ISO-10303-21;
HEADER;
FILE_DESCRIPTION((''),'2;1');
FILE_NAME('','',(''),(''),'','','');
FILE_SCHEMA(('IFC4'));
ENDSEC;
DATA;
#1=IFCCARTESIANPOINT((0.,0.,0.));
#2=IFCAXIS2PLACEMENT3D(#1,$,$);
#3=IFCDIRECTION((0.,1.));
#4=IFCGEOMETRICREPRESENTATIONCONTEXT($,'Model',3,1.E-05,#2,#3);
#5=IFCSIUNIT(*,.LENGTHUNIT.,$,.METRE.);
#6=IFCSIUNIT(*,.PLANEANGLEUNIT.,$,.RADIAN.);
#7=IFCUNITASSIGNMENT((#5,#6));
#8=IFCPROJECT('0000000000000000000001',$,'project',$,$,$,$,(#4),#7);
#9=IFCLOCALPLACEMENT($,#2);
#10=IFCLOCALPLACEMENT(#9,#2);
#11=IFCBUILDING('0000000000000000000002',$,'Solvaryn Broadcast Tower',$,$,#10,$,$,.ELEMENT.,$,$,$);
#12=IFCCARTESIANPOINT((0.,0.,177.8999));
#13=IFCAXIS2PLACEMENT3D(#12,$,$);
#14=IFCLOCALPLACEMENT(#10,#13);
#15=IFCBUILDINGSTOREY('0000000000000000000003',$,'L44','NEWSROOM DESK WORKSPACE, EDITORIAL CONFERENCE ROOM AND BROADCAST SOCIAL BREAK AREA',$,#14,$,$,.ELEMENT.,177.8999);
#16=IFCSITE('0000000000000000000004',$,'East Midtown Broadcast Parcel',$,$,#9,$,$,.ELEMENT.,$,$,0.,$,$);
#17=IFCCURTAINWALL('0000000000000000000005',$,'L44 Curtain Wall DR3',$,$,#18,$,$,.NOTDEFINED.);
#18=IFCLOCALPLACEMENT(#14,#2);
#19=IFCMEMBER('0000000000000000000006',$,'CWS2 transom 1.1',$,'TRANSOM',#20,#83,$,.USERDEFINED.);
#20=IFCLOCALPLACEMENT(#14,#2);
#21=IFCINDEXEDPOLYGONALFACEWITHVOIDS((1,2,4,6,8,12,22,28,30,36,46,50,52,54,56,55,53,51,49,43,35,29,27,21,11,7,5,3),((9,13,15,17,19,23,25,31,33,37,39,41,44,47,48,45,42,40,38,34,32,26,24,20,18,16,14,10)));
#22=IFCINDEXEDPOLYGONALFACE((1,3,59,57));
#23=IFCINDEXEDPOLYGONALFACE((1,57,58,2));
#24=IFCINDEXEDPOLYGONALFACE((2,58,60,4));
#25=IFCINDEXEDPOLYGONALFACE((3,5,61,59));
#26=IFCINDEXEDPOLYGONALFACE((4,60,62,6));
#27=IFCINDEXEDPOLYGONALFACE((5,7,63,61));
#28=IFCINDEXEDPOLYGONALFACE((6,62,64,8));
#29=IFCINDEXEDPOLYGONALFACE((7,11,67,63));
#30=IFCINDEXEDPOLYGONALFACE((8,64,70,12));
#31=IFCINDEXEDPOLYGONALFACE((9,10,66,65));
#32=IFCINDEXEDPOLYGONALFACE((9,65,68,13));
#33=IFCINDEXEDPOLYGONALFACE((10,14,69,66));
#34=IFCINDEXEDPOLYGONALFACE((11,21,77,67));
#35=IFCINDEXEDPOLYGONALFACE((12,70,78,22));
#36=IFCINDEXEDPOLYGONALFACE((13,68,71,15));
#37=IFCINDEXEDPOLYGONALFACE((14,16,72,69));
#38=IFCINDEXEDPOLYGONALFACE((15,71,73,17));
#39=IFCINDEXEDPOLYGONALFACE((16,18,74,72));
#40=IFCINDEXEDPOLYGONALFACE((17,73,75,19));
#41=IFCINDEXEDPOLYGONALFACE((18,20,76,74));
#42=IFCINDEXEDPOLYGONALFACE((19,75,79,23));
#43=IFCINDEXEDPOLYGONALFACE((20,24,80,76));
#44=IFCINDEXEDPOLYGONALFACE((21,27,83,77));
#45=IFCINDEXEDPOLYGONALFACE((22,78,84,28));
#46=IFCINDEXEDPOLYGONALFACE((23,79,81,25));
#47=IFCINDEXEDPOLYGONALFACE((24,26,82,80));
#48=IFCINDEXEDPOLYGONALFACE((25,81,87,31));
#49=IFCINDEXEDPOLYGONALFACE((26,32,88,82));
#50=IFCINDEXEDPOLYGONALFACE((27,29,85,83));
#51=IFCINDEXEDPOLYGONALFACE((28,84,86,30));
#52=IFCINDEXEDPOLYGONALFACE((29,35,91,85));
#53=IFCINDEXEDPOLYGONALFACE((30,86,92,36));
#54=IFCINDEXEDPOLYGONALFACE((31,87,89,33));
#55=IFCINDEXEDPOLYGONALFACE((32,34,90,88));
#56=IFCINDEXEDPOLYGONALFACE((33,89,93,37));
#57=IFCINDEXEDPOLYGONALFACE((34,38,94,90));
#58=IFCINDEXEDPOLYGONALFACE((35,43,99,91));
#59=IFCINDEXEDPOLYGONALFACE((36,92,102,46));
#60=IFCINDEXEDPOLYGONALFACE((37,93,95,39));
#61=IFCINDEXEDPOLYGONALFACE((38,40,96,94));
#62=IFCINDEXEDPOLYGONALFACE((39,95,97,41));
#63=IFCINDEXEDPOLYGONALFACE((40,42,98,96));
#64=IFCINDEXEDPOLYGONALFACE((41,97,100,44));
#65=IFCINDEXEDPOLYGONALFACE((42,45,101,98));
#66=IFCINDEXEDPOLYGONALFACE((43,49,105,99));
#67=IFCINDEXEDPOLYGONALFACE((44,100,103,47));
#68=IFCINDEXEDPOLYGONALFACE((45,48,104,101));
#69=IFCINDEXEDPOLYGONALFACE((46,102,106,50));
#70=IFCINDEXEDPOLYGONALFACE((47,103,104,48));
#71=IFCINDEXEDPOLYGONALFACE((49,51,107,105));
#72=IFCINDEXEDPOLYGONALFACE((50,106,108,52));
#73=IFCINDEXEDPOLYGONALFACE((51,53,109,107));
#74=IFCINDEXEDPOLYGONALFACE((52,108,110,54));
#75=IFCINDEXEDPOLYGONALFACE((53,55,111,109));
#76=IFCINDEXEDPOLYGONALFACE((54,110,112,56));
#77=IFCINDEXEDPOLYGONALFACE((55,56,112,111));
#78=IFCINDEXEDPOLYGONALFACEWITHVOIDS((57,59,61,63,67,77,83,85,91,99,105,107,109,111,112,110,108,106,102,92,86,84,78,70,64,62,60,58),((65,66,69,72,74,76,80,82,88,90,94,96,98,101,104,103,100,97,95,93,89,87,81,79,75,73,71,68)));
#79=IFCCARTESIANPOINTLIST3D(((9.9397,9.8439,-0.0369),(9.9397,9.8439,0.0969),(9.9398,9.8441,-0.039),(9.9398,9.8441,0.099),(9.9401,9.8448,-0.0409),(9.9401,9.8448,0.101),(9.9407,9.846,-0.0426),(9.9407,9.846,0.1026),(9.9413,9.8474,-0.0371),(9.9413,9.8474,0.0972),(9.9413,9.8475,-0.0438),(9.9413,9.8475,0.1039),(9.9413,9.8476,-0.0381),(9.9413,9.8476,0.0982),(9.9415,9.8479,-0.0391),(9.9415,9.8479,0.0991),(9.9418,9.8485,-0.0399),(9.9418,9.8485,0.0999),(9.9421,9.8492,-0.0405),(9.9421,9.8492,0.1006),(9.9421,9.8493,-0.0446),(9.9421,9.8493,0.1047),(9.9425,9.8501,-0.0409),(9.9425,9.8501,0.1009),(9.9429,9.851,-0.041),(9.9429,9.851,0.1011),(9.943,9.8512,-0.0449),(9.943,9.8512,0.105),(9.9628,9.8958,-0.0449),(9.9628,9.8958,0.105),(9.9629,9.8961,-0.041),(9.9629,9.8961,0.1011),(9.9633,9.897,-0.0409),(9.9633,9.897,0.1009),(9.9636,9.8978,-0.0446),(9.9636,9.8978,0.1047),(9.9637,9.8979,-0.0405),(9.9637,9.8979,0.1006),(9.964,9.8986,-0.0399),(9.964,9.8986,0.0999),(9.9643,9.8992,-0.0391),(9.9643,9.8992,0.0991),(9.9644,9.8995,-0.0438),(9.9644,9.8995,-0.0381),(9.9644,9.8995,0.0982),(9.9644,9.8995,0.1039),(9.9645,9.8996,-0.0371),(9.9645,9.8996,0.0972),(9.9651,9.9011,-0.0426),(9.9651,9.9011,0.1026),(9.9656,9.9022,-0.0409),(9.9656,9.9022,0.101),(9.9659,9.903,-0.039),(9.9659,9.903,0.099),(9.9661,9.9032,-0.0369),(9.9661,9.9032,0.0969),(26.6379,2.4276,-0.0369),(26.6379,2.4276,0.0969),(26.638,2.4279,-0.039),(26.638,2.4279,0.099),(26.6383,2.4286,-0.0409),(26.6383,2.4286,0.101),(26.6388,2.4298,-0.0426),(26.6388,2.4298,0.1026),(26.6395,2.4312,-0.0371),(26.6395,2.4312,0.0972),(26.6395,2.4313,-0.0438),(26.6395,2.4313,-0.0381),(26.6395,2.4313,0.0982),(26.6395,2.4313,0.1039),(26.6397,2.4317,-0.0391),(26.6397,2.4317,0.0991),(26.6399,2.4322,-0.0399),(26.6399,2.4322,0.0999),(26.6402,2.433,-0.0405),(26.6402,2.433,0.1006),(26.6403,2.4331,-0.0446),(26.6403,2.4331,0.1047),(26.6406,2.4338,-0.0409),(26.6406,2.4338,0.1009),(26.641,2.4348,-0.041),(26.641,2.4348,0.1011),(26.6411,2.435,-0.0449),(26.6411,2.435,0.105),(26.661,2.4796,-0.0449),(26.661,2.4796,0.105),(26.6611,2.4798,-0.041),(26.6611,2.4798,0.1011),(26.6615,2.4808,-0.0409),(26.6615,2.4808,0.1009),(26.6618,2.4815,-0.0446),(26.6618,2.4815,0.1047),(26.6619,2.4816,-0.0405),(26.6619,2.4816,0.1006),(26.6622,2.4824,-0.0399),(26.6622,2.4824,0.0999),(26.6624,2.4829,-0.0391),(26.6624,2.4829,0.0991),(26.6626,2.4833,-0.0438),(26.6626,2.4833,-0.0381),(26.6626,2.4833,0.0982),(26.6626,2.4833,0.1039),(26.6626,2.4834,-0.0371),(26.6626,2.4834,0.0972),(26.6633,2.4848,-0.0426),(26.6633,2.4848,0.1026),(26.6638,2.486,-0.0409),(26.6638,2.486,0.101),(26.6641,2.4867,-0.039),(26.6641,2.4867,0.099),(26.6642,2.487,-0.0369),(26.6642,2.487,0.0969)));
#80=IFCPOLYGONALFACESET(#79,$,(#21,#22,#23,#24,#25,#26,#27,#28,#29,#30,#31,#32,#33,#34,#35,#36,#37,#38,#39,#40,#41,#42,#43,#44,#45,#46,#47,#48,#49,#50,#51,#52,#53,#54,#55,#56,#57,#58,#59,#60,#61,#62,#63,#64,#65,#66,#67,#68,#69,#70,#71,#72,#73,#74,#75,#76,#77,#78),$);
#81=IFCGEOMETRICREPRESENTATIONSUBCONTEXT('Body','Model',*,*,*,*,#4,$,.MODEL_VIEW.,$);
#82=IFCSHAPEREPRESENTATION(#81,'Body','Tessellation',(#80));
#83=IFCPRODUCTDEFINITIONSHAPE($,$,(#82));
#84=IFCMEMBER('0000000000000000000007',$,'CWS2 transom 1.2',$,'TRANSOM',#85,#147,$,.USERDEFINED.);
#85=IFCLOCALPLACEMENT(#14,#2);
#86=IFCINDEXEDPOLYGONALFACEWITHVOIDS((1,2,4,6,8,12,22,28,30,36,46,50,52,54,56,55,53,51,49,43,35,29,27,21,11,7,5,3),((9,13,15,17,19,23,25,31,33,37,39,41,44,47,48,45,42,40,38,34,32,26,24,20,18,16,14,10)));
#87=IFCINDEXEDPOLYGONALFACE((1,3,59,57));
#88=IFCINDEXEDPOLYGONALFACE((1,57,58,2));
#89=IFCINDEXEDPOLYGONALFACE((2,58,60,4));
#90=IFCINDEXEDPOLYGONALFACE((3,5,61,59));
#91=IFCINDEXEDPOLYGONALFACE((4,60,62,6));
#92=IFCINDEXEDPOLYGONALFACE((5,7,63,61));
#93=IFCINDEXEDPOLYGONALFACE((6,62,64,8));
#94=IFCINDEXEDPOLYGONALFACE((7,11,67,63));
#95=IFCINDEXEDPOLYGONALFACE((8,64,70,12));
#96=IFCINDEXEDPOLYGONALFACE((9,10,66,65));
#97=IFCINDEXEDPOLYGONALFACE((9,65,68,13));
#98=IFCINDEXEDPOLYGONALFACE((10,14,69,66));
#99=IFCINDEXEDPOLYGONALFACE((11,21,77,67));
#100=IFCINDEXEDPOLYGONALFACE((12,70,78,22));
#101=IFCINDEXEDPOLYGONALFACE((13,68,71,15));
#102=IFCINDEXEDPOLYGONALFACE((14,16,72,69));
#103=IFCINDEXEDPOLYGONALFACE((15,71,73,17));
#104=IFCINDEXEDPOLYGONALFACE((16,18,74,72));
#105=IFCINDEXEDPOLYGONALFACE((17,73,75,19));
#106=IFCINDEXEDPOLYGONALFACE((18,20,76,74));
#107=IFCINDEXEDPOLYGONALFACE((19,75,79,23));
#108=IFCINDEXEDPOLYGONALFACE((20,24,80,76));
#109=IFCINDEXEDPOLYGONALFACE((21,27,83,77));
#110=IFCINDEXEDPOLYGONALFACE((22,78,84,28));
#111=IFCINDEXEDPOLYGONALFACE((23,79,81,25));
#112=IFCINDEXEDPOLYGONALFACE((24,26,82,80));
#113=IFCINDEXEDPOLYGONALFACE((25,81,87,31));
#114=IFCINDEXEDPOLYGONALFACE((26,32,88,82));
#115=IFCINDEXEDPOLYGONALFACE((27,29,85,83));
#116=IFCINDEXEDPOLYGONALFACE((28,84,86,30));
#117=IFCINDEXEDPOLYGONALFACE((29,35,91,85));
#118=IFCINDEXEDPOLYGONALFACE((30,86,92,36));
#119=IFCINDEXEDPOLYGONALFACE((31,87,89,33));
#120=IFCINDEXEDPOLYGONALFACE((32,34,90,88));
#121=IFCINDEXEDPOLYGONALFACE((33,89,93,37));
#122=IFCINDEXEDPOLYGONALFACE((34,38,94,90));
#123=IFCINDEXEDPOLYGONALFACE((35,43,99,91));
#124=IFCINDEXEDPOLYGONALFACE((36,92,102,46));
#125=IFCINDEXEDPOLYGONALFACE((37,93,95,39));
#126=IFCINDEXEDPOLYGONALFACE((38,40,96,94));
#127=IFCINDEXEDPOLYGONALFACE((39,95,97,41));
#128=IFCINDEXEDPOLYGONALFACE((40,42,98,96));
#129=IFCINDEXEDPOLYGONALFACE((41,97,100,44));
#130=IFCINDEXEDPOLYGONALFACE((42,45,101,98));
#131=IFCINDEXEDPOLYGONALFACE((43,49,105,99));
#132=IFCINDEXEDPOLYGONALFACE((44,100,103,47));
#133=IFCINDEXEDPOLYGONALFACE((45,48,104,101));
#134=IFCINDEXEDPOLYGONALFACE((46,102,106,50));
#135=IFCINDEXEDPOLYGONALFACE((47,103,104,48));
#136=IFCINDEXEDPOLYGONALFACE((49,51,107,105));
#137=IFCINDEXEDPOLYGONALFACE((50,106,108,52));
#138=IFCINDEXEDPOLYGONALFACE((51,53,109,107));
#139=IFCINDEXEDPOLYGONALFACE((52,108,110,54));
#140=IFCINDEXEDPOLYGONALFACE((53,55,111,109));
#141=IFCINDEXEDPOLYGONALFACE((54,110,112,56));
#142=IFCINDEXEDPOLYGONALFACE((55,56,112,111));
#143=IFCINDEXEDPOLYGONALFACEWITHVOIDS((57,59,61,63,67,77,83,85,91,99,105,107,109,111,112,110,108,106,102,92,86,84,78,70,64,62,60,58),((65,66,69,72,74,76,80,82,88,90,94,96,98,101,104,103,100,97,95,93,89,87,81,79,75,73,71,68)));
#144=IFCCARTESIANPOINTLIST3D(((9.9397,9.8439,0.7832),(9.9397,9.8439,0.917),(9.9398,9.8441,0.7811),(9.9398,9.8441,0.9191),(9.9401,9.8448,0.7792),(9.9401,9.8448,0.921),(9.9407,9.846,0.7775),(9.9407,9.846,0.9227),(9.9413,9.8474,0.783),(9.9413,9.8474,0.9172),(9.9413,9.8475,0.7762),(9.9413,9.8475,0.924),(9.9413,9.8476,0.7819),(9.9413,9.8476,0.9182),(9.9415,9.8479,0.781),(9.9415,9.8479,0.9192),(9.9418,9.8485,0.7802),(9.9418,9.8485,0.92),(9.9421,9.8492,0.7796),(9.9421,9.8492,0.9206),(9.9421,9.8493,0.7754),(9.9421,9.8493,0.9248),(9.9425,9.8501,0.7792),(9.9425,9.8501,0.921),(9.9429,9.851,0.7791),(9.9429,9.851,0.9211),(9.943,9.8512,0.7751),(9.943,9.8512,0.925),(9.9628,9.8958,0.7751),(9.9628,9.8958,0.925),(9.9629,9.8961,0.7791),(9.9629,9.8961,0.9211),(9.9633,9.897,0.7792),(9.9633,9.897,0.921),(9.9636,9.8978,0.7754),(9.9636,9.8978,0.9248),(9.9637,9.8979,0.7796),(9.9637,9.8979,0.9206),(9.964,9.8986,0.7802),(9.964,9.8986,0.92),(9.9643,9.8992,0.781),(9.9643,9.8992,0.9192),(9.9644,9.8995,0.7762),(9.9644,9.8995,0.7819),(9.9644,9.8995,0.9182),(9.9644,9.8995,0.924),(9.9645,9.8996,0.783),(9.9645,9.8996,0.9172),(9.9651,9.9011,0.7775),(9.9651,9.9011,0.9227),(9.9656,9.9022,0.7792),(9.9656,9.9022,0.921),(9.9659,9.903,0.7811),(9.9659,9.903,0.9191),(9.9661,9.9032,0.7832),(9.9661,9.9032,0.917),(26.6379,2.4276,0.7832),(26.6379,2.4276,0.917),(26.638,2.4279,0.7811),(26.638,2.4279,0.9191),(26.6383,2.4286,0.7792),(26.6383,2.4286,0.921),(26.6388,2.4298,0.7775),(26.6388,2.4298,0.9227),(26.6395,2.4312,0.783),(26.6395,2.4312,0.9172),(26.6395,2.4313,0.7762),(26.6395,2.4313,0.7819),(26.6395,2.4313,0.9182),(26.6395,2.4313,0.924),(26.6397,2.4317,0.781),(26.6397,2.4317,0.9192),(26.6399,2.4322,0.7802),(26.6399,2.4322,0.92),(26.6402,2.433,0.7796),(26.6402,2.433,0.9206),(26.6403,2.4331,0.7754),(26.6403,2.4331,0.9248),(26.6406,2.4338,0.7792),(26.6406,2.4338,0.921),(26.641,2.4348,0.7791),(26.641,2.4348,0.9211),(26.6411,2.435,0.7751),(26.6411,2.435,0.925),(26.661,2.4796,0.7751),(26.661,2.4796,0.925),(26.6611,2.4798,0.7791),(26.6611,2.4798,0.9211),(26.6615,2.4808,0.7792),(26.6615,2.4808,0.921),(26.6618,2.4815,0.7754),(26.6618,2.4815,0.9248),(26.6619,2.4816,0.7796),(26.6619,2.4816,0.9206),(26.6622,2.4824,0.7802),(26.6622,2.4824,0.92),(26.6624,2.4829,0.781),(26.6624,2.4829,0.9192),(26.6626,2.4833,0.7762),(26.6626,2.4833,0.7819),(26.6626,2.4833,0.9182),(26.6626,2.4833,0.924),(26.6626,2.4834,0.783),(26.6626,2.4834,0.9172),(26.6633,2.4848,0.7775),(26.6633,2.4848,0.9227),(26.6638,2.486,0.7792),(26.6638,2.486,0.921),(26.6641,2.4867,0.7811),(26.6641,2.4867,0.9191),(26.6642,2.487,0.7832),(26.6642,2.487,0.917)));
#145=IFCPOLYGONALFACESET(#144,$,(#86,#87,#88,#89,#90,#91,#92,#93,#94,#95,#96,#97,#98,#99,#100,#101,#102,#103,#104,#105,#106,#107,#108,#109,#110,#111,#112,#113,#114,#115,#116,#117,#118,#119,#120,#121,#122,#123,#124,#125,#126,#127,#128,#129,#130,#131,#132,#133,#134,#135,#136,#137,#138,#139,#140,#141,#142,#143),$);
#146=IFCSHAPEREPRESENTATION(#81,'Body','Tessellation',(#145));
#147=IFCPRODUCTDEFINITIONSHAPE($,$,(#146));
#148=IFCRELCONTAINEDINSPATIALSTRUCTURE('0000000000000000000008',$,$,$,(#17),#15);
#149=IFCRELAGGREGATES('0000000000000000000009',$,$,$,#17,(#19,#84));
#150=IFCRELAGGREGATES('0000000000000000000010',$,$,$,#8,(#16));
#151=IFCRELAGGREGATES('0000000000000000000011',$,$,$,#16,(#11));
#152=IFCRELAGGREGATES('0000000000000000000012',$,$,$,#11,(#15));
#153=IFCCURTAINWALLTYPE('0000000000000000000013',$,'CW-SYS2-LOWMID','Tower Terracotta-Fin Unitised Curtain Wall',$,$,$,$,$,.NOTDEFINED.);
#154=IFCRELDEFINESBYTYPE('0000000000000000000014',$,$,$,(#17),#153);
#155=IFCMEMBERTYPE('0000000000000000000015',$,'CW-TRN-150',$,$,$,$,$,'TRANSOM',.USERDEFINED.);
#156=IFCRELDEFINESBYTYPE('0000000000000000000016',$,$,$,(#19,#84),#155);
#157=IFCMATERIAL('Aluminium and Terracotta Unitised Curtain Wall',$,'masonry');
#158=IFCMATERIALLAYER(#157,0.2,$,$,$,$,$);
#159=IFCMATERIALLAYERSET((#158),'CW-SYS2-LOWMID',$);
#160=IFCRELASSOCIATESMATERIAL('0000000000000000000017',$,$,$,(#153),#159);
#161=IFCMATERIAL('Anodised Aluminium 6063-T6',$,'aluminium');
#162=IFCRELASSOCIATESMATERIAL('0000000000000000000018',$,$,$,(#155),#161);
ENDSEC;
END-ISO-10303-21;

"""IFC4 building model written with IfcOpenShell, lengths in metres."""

from ifc_helpers import new_model, si_unit, direction, frame, origin, origin_2d, place, context, subcontext, project, spatial, hollow_rectangle, extrude, material, layer, layer_set, material_profile, profile_set, type_object, element, aggregate, save


model = new_model("IFC4")

# Units and contexts
model_context = context("Model", 3, precision=1e-05, world=origin(), true_north=direction((0.0, 1.0)))
body_context = subcontext(model_context, "Body", "Model", "MODEL_VIEW")
ifc_project = project(units=[si_unit("LENGTHUNIT", "METRE"), si_unit("PLANEANGLEUNIT", "RADIAN")], contexts=[model_context])

# Site, building, storey
site_placement = place(None, origin())
site = spatial("IfcSite", under=ifc_project, at=site_placement, Name="East Midtown Broadcast Parcel", CompositionType="ELEMENT", RefElevation=0.0)
building_placement = place(site_placement, origin())
building = spatial("IfcBuilding", under=site, at=building_placement, Name="Solvaryn Broadcast Tower", CompositionType="ELEMENT")
storey_placement = place(building_placement, frame((0.0, 0.0, 177.8999)))
storey = spatial("IfcBuildingStorey", under=building, at=storey_placement, Name="L44", Description="NEWSROOM DESK WORKSPACE, EDITORIAL CONFERENCE ROOM AND BROADCAST SOCIAL BREAK AREA", CompositionType="ELEMENT", Elevation=177.8999)

# Shared definitions
ifc_material_1 = material(Name="Aluminium and Terracotta Unitised Curtain Wall", Category="masonry")
ifc_layer_1 = layer(ifc_material_1, 0.2)
ifc_layer_set_1 = layer_set([ifc_layer_1], Name="CW-SYS2-LOWMID")
curtain_wall_type = type_object("IfcCurtainWallType", Name="CW-SYS2-LOWMID", Description="Tower Terracotta-Fin Unitised Curtain Wall", PredefinedType="NOTDEFINED", material=ifc_layer_set_1)

# Curtain wall, members
curtain_wall_1_placement = place(storey_placement, origin())
curtain_wall_1 = element("IfcCurtainWall", 1, at=curtain_wall_1_placement, inside=storey, type_object=curtain_wall_type, Name="L44 Curtain Wall DR3", PredefinedType="NOTDEFINED")
ifc_material_2 = material(Name="Anodised Aluminium 6063-T6", Category="aluminium")
ifc_material_profile_1 = material_profile(ifc_material_2, hollow_rectangle(XDim=0.0649, YDim=0.1499, WallThickness=0.0039, InnerFilletRadius=0.0039, OuterFilletRadius=0.0081, at=origin_2d()))
ifc_profile_set_1 = profile_set([ifc_material_profile_1], Name="Anodised Aluminium 6063-T6")
member_type_1 = type_object("IfcMemberType", Name="CW-TRN-150", ElementType="TRANSOM", PredefinedType="USERDEFINED", material=ifc_profile_set_1)
member_1_placement = place(storey_placement, frame((9.9529, 9.8735, 0.03), z_axis=(0.913917, -0.405902, 0.0), x_axis=(0.405902, 0.913917, 0.0)))
member_1 = element("IfcMember", 2, at=member_1_placement, type_object=member_type_1, Name="CWS2 transom 1.1", ObjectType="TRANSOM", PredefinedType="USERDEFINED", context=body_context, shape_type="SweptSolid", body=[
    extrude(hollow_rectangle(XDim=0.0649, YDim=0.1499, WallThickness=0.0039, InnerFilletRadius=0.0039, OuterFilletRadius=0.0081, at=origin_2d()), origin(), (0.0, 0.0, 1.0), 18.271),
])
member_2_placement = place(storey_placement, frame((9.9529, 9.8735, 0.8501), z_axis=(0.913917, -0.405902, 0.0), x_axis=(0.405902, 0.913917, 0.0)))
member_2 = element("IfcMember", 3, at=member_2_placement, type_object=member_type_1, Name="CWS2 transom 1.2", ObjectType="TRANSOM", PredefinedType="USERDEFINED", context=body_context, shape_type="SweptSolid", body=[
    extrude(hollow_rectangle(XDim=0.0649, YDim=0.1499, WallThickness=0.0039, InnerFilletRadius=0.0039, OuterFilletRadius=0.0081, at=origin_2d()), origin(), (0.0, 0.0, 1.0), 18.271),
])
aggregate(curtain_wall_1, [member_1, member_2])

save(model, "model.ifc")
